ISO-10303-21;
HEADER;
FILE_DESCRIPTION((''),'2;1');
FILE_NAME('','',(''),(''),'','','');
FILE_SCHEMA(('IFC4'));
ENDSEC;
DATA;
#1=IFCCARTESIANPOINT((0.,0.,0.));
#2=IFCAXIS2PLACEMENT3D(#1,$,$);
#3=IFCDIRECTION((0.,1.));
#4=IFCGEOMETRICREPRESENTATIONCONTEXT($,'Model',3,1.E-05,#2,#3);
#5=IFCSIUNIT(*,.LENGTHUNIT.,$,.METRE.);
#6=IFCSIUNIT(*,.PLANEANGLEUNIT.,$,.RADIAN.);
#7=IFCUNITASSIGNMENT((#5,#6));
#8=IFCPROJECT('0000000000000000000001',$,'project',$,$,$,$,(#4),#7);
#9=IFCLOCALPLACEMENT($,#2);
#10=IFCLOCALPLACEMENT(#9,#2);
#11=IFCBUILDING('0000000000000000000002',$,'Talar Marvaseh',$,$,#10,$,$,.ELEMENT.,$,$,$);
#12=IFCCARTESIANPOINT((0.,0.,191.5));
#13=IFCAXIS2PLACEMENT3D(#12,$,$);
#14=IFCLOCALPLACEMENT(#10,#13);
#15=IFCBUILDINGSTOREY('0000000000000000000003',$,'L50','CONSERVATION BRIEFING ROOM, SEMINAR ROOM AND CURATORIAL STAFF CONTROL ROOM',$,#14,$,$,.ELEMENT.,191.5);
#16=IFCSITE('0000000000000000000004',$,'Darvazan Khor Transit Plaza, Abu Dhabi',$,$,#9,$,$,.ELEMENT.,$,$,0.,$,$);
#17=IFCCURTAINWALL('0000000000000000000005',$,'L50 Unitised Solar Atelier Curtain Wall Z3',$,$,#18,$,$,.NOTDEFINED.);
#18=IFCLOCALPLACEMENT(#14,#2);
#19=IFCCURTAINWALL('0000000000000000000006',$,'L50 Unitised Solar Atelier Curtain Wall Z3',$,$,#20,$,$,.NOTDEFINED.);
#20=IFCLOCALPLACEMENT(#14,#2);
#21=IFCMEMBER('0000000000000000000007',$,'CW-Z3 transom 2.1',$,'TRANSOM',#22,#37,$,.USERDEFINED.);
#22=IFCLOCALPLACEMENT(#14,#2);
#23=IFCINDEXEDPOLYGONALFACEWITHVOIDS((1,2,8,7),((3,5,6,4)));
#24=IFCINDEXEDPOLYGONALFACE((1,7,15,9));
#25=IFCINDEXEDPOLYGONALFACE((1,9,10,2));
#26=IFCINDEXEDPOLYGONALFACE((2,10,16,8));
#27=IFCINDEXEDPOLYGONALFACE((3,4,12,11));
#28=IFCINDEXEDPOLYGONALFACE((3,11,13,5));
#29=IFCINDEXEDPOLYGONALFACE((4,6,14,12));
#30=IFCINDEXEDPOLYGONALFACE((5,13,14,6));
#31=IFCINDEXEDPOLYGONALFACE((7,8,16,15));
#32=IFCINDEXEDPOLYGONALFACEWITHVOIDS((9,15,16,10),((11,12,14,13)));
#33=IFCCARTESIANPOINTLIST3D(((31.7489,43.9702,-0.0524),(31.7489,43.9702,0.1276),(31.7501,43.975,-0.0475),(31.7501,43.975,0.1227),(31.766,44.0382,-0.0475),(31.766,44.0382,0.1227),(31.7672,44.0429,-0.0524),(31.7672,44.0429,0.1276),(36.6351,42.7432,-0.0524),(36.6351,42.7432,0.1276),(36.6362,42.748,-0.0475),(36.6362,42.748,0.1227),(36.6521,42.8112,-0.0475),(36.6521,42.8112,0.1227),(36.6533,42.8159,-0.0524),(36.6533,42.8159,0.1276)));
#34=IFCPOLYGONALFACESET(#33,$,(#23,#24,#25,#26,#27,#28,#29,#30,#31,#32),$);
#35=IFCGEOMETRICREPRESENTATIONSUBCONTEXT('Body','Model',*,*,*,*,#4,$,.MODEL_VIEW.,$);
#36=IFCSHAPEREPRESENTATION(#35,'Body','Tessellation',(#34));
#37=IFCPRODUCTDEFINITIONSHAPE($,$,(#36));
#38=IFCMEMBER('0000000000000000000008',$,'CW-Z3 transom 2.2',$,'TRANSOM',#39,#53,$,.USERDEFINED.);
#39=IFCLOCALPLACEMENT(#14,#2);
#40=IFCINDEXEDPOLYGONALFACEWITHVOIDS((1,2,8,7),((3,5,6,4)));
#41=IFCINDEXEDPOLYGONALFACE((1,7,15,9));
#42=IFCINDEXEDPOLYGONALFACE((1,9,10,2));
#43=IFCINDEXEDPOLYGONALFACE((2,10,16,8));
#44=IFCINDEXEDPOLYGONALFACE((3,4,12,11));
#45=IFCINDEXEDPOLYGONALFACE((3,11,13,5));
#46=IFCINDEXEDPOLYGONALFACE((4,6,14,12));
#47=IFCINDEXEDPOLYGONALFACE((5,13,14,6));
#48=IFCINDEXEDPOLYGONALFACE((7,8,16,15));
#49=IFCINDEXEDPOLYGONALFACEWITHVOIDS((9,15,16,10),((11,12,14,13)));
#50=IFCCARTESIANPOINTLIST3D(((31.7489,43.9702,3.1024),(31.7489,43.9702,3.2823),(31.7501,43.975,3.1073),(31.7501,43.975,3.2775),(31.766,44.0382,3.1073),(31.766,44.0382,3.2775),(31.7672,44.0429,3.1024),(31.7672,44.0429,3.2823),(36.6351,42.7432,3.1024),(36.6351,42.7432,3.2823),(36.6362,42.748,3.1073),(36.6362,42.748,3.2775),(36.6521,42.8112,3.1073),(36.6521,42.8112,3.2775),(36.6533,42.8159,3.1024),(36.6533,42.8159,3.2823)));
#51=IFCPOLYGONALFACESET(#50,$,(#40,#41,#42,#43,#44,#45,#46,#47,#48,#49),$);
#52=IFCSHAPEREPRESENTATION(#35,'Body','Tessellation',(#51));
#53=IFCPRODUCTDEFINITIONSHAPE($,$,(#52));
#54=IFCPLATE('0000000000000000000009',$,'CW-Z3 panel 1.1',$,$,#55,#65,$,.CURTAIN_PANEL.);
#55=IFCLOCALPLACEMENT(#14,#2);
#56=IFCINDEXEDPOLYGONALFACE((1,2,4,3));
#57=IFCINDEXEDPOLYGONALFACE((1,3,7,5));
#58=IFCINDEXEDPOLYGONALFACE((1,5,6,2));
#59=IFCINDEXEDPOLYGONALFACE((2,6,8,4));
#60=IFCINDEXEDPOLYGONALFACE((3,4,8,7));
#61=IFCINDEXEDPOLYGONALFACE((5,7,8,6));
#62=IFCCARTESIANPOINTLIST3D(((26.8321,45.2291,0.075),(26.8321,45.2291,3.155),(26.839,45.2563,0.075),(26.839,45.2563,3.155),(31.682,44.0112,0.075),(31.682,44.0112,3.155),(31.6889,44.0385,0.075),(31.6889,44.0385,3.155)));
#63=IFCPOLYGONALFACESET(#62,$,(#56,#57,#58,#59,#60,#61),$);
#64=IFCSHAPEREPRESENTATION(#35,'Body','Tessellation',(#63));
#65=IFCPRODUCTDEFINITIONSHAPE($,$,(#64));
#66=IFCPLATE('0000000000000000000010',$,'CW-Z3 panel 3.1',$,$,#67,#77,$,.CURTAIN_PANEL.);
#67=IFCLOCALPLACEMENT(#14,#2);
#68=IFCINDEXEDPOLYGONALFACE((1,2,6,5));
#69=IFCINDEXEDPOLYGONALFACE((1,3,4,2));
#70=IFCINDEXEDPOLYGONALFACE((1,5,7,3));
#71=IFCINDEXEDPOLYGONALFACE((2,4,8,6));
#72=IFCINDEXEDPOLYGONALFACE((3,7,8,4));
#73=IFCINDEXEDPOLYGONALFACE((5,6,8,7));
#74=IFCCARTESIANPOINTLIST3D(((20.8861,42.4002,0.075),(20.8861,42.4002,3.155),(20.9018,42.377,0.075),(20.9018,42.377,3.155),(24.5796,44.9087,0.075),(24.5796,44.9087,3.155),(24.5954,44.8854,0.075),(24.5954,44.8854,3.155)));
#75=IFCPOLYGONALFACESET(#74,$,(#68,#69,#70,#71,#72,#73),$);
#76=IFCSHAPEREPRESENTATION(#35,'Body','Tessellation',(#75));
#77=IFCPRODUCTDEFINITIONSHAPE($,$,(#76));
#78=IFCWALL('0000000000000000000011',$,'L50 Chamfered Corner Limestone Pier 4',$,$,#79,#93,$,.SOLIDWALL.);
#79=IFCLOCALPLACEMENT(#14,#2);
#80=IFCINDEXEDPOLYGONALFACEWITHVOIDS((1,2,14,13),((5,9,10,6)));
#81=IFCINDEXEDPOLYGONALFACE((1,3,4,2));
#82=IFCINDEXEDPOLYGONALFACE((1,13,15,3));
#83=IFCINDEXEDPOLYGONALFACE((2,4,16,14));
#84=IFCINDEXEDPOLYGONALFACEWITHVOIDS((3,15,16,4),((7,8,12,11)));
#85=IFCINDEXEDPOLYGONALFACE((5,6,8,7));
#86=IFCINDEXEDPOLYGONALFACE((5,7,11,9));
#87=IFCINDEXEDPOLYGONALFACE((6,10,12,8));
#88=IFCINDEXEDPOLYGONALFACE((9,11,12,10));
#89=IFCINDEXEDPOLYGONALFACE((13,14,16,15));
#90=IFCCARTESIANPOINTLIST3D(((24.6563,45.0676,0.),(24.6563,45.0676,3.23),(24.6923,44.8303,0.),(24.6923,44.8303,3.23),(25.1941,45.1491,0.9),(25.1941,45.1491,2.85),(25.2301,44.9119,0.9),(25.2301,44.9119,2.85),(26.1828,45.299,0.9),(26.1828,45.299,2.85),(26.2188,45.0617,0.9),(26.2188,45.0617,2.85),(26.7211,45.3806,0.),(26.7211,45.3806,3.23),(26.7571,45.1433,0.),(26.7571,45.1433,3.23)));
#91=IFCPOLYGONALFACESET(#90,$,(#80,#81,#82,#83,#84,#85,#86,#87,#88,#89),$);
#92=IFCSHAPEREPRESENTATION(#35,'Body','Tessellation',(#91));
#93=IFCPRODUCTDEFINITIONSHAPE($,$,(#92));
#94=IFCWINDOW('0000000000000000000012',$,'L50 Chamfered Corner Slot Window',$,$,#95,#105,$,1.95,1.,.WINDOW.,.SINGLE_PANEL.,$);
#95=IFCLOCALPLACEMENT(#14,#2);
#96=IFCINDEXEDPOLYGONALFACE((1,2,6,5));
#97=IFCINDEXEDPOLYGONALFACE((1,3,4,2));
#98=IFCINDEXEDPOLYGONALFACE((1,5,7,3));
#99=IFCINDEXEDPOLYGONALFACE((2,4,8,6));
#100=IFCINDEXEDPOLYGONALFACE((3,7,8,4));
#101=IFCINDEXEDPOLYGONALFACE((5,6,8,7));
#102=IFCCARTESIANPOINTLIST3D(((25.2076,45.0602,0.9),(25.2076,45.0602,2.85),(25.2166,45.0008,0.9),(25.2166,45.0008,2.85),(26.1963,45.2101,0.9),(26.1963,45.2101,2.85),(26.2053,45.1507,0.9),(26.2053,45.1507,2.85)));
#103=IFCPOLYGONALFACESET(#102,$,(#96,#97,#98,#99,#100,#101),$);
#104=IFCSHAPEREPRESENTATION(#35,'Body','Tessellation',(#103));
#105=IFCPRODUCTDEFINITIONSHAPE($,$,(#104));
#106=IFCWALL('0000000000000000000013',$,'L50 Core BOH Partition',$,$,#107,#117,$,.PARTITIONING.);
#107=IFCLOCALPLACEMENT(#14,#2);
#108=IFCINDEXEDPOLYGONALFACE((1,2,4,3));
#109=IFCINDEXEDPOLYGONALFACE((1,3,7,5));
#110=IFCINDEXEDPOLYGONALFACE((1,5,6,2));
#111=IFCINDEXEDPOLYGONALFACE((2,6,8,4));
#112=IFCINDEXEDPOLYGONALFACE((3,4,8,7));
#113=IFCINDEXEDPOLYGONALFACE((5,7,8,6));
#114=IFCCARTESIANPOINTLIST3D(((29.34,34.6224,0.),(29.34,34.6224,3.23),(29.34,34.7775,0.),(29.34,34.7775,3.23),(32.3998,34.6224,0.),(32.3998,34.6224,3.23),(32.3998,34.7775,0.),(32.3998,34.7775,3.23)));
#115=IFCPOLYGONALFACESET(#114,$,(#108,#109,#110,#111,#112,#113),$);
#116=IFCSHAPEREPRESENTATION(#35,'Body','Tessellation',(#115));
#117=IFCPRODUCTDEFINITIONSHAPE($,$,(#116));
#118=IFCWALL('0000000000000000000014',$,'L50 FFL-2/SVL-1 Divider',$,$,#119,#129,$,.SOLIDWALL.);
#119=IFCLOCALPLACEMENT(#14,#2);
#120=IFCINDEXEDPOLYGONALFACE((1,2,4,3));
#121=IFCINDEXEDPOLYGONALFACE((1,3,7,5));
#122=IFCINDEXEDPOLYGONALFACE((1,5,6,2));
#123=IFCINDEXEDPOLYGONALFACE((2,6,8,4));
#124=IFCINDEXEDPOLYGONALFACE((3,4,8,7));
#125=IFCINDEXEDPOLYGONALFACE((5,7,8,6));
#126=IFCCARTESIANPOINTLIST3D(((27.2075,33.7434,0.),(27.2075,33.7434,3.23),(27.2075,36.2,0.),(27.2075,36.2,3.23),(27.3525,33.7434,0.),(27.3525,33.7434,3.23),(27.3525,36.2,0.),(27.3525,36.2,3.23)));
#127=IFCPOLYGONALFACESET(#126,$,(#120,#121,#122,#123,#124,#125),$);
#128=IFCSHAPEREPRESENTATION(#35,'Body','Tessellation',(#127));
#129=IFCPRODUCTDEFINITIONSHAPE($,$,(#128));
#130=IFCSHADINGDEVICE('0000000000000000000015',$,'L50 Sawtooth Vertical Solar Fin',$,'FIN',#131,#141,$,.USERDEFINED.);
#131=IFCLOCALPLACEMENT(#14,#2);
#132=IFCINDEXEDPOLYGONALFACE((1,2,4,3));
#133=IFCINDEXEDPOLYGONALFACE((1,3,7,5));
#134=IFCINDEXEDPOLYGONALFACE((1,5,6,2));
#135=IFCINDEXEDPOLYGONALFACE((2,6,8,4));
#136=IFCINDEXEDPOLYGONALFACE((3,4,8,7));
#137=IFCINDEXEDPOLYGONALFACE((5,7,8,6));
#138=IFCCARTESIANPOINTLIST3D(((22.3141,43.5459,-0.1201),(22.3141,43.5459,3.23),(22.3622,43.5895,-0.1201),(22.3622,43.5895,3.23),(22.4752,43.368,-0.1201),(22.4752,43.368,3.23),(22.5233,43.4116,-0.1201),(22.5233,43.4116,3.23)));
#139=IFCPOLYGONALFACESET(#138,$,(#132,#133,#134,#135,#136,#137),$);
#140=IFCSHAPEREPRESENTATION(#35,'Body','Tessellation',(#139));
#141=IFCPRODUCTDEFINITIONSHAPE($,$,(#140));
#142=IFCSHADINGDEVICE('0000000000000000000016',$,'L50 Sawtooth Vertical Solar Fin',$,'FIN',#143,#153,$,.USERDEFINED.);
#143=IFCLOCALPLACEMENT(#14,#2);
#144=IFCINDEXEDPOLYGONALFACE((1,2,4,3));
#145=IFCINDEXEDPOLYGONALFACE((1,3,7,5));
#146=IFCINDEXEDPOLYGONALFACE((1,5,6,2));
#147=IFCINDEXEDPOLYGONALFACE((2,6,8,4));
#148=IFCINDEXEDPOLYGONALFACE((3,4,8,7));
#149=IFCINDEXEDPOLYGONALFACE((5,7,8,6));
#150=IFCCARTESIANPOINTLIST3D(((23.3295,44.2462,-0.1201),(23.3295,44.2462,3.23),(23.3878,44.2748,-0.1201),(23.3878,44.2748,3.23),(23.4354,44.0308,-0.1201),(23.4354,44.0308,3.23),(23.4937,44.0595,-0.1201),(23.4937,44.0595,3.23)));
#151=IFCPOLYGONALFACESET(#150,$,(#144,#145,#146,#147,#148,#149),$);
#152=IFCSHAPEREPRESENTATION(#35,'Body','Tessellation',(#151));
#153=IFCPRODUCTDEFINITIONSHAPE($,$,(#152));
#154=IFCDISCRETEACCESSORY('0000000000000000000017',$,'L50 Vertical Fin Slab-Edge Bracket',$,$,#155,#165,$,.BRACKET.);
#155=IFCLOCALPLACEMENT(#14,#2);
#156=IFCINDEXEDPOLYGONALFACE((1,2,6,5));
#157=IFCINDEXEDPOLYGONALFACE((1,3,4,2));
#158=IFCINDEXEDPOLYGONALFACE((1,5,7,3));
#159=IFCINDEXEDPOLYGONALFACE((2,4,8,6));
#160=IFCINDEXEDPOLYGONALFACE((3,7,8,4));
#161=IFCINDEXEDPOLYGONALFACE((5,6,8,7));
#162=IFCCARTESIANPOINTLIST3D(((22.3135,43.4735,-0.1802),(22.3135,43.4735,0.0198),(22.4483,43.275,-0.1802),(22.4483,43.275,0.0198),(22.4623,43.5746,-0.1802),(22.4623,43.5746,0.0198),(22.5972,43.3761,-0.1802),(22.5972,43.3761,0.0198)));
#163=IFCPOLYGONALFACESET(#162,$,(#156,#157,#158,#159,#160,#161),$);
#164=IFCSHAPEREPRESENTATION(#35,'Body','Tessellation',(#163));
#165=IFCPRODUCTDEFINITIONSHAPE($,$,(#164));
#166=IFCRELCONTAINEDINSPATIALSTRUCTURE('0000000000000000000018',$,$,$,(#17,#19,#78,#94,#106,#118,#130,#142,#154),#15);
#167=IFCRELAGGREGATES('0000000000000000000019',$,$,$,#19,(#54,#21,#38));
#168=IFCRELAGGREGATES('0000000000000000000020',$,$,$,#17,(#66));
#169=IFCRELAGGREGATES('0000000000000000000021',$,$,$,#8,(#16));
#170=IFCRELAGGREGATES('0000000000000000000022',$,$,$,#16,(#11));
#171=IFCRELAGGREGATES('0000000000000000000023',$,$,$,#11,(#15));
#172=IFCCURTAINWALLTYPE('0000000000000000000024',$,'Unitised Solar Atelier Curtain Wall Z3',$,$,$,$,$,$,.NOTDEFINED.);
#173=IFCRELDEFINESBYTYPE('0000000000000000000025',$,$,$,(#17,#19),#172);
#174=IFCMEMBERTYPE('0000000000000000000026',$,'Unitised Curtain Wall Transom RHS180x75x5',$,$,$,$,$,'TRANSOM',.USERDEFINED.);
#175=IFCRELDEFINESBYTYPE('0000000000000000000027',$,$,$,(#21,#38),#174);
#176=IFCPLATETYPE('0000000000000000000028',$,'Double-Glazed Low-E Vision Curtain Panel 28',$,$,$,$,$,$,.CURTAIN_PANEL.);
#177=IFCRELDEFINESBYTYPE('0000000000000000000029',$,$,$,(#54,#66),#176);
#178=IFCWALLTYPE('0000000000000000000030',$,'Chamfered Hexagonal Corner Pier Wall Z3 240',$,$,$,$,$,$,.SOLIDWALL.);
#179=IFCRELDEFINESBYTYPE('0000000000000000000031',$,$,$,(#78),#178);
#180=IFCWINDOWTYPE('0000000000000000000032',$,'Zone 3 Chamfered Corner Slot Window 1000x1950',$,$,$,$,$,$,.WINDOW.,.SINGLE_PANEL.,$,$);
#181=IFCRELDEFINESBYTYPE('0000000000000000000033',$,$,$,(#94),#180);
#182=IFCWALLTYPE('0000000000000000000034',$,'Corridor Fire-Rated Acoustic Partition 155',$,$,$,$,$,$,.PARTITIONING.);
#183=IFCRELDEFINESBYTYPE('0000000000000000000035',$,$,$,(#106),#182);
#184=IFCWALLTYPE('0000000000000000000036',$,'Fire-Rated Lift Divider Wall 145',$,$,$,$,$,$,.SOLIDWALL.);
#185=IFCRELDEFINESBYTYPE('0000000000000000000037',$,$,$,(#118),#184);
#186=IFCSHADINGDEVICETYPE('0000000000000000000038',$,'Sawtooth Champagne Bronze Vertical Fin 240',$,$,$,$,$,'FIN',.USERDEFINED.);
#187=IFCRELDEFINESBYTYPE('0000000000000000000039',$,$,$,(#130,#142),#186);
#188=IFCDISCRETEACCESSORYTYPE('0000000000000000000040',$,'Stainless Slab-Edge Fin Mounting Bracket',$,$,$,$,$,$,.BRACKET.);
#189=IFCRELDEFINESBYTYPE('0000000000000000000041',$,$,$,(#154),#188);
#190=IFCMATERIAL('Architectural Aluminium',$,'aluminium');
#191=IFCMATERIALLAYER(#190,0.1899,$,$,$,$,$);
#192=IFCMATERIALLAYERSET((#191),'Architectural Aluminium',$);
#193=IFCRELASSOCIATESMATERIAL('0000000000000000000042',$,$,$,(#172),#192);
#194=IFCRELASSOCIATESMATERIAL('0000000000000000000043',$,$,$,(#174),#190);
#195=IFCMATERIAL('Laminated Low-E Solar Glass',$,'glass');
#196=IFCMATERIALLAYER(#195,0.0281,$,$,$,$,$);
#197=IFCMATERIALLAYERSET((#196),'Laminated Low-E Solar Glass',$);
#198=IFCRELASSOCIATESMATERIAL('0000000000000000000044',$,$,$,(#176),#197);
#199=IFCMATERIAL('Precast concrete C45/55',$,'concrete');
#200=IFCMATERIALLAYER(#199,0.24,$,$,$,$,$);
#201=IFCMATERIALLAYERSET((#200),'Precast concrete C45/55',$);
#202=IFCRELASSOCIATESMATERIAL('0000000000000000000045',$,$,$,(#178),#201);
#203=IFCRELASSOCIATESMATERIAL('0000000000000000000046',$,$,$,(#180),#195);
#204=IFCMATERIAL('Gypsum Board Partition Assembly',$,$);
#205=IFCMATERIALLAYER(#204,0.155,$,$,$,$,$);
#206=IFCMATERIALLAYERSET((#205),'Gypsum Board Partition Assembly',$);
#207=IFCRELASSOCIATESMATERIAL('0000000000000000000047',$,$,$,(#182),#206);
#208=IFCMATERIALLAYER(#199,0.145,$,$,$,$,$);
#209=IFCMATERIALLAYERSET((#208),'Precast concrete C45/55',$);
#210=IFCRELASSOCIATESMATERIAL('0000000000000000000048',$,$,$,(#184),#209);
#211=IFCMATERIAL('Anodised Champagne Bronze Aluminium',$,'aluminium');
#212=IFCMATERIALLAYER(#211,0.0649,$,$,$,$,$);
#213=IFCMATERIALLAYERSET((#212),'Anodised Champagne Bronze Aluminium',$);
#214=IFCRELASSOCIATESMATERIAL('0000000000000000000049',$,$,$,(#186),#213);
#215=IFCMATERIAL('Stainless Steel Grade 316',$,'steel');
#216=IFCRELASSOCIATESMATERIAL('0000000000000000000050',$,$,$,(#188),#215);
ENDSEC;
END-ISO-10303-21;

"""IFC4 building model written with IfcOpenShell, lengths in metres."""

from ifc_helpers import new_model, si_unit, direction, frame, frame_2d, origin, origin_2d, place, context, subcontext, project, spatial, rectangle, hollow_rectangle, extrude, source, transform, mapped, material, layer, layer_set, material_profile, profile_set, type_object, type_shapes, element, fill, aggregate, save


model = new_model("IFC4")

# Units and contexts
model_context = context("Model", 3, precision=1e-05, world=origin(), true_north=direction((0.0, 1.0)))
body_context = subcontext(model_context, "Body", "Model", "MODEL_VIEW")
ifc_project = project(units=[si_unit("LENGTHUNIT", "METRE"), si_unit("PLANEANGLEUNIT", "RADIAN")], contexts=[model_context])

# Site, building, storey
site_placement = place(None, origin())
site = spatial("IfcSite", under=ifc_project, at=site_placement, Name="Darvazan Khor Transit Plaza, Abu Dhabi", CompositionType="ELEMENT", RefElevation=0.0)
building_placement = place(site_placement, origin())
building = spatial("IfcBuilding", under=site, at=building_placement, Name="Talar Marvaseh", CompositionType="ELEMENT")
storey_placement = place(building_placement, frame((0.0, 0.0, 191.5)))
storey = spatial("IfcBuildingStorey", under=building, at=storey_placement, Name="L50", Description="CONSERVATION BRIEFING ROOM, SEMINAR ROOM AND CURATORIAL STAFF CONTROL ROOM", CompositionType="ELEMENT", Elevation=191.5)

# Curtain wall
ifc_material_1 = material(Name="Architectural Aluminium", Category="aluminium")
ifc_layer_1 = layer(ifc_material_1, 0.1899)
ifc_layer_set_1 = layer_set([ifc_layer_1], Name="Architectural Aluminium")
curtain_wall_type = type_object("IfcCurtainWallType", Name="Unitised Solar Atelier Curtain Wall Z3", PredefinedType="NOTDEFINED", material=ifc_layer_set_1)
curtain_wall_1_placement = place(storey_placement, origin())
curtain_wall_1 = element("IfcCurtainWall", 1, at=curtain_wall_1_placement, inside=storey, type_object=curtain_wall_type, Name="L50 Unitised Solar Atelier Curtain Wall Z3", PredefinedType="NOTDEFINED")

# Curtain wall, members, plate
curtain_wall_2_placement = place(storey_placement, origin())
curtain_wall_2 = element("IfcCurtainWall", 2, at=curtain_wall_2_placement, inside=storey, type_object=curtain_wall_type, Name="L50 Unitised Solar Atelier Curtain Wall Z3", PredefinedType="NOTDEFINED")
ifc_material_profile_1 = material_profile(ifc_material_1, hollow_rectangle(XDim=0.075, YDim=0.1799, WallThickness=0.0049, at=origin_2d()), Name="RHS180x75x5")
ifc_profile_set_1 = profile_set([ifc_material_profile_1], Name="Architectural Aluminium")
member_type_1 = type_object("IfcMemberType", Name="Unitised Curtain Wall Transom RHS180x75x5", ElementType="TRANSOM", PredefinedType="USERDEFINED", material=ifc_profile_set_1)
shared_shape_1 = source(origin(), body_context, "Body", "SweptSolid", [
    extrude(hollow_rectangle(XDim=0.075, YDim=0.1799, WallThickness=0.0049, at=origin_2d()), origin(), (0.0, 0.0, 1.0), 5.0378),
])
member_1_placement = place(storey_placement, frame((31.7581, 44.0066, 0.0376), z_axis=(0.969885, -0.243562, 0.0), x_axis=(0.243562, 0.969885, 0.0)))
member_1 = element("IfcMember", 3, at=member_1_placement, type_object=member_type_1, Name="CW-Z3 transom 2.1", ObjectType="TRANSOM", PredefinedType="USERDEFINED", context=body_context, shape_type="MappedRepresentation", body=[
    mapped(shared_shape_1, transform((0.0, 0.0, 0.0), x_axis=(1.0, 0.0, 0.0), y_axis=(0.0, 1.0, 0.0), z_axis=(0.0, 0.0, 1.0), scale=1.0)),
])
member_2_placement = place(storey_placement, frame((31.7581, 44.0066, 3.1924), z_axis=(0.969885, -0.243562, 0.0), x_axis=(0.243562, 0.969885, 0.0)))
member_2 = element("IfcMember", 4, at=member_2_placement, type_object=member_type_1, Name="CW-Z3 transom 2.2", ObjectType="TRANSOM", PredefinedType="USERDEFINED", context=body_context, shape_type="MappedRepresentation", body=[
    mapped(shared_shape_1, transform((0.0, 0.0, 0.0), x_axis=(1.0, 0.0, 0.0), y_axis=(0.0, 1.0, 0.0), z_axis=(0.0, 0.0, 1.0), scale=1.0)),
])
ifc_material_2 = material(Name="Laminated Low-E Solar Glass", Category="glass")
ifc_layer_2 = layer(ifc_material_2, 0.0281)
ifc_layer_set_2 = layer_set([ifc_layer_2], Name="Laminated Low-E Solar Glass")
plate_type = type_object("IfcPlateType", Name="Double-Glazed Low-E Vision Curtain Panel 28", PredefinedType="CURTAIN_PANEL", material=ifc_layer_set_2)
shared_shape_2 = source(origin(), body_context, "Body", "SweptSolid", [
    extrude(rectangle(XDim=5.0005, YDim=0.0281, at=origin_2d()), origin(), (0.0, 0.0, 1.0), 3.0801),
])
plate_1_placement = place(storey_placement, frame((29.2605, 44.6338, 0.075), z_axis=(0.0, 0.0, 1.0), x_axis=(0.969888, -0.243549, 0.0)))
plate_1 = element("IfcPlate", 5, at=plate_1_placement, type_object=plate_type, Name="CW-Z3 panel 1.1", PredefinedType="CURTAIN_PANEL", context=body_context, shape_type="MappedRepresentation", body=[
    mapped(shared_shape_2, transform((0.0, 0.0, 0.0), x_axis=(1.0, 0.0, 0.0), y_axis=(0.0, 1.0, 0.0), z_axis=(0.0, 0.0, 1.0), scale=1.0)),
])
aggregate(curtain_wall_2, [plate_1, member_1, member_2])

# Plate
shared_shape_3 = source(origin(), body_context, "Body", "SweptSolid", [
    extrude(rectangle(XDim=4.4648, YDim=0.0281, at=origin_2d()), origin(), (0.0, 0.0, 1.0), 3.0801),
])
type_shapes(plate_type, [shared_shape_2, shared_shape_3])
plate_2_placement = place(storey_placement, frame((22.7407, 43.6428, 0.075), z_axis=(0.0, 0.0, 1.0), x_axis=(0.827255, 0.561827, 0.0)))
plate_2 = element("IfcPlate", 6, at=plate_2_placement, type_object=plate_type, Name="CW-Z3 panel 3.1", PredefinedType="CURTAIN_PANEL", context=body_context, shape_type="MappedRepresentation", body=[
    mapped(shared_shape_3, transform((0.0, 0.0, 0.0), x_axis=(1.0, 0.0, 0.0), y_axis=(0.0, 1.0, 0.0), z_axis=(0.0, 0.0, 1.0), scale=1.0)),
])
aggregate(curtain_wall_1, [plate_2])

# Wall, opening, window
ifc_material_3 = material(Name="Precast concrete C45/55", Category="concrete")
ifc_layer_3 = layer(ifc_material_3, 0.24)
ifc_layer_set_3 = layer_set([ifc_layer_3], Name="Precast concrete C45/55")
wall_type_1 = type_object("IfcWallType", Name="Chamfered Hexagonal Corner Pier Wall Z3 240", PredefinedType="SOLIDWALL", material=ifc_layer_set_3)
wall_1_placement = place(storey_placement, frame((24.6743, 44.949, 0.0), z_axis=(0.0, 0.0, 1.0), x_axis=(0.988704, 0.149878, 0.0)))
wall_1 = element("IfcWall", 7, at=wall_1_placement, inside=storey, type_object=wall_type_1, Name="L50 Chamfered Corner Limestone Pier 4", PredefinedType="SOLIDWALL", context=body_context, shape_type="SweptSolid", body=[
    extrude(rectangle(XDim=2.0884, YDim=0.24, at=frame_2d((1.0442, 0.0))), origin(), (0.0, 0.0, 1.0), 3.23),
])
opening_placement = place(wall_1_placement, frame((0.5439, 0.0, 0.8999)))
opening = element("IfcOpeningElement", 8, at=opening_placement, cuts=wall_1, PredefinedType="OPENING", context=body_context, shape_type="SweptSolid", body=[
    extrude(rectangle(XDim=1.0, YDim=1.95, at=frame_2d((0.5, 0.9751))), frame((0.0, 0.1299, 0.0), z_axis=(0.0, -1.0, 0.0), x_axis=(1.0, 0.0, 0.0)), (0.0, 0.0, 1.0), 0.26),
])
window_type = type_object("IfcWindowType", Name="Zone 3 Chamfered Corner Slot Window 1000x1950", PartitioningType="SINGLE_PANEL", PredefinedType="WINDOW", material=ifc_material_2)
shared_shape_4 = source(origin(), body_context, "Body", "SweptSolid", [
    extrude(rectangle(XDim=1.0, YDim=1.95, at=frame_2d((0.5, 0.9751))), frame((0.0, 0.03, 0.0), z_axis=(0.0, -1.0, 0.0), x_axis=(1.0, 0.0, 0.0)), (0.0, 0.0, 1.0), 0.0601),
])
type_shapes(window_type, [shared_shape_4])
window_placement = place(opening_placement, origin())
window = element("IfcWindow", 9, at=window_placement, inside=storey, type_object=window_type, Name="L50 Chamfered Corner Slot Window", OverallHeight=1.95, OverallWidth=1.0, PartitioningType="SINGLE_PANEL", PredefinedType="WINDOW", context=body_context, shape_type="MappedRepresentation", body=[
    mapped(shared_shape_4, transform((0.0, 0.0, 0.0), x_axis=(1.0, 0.0, 0.0), y_axis=(0.0, 1.0, 0.0), z_axis=(0.0, 0.0, 1.0), scale=1.0)),
])
fill(opening, window)

# Walls
ifc_material_4 = material(Name="Gypsum Board Partition Assembly")
ifc_layer_4 = layer(ifc_material_4, 0.155)
ifc_layer_set_4 = layer_set([ifc_layer_4], Name="Gypsum Board Partition Assembly")
wall_type_2 = type_object("IfcWallType", Name="Corridor Fire-Rated Acoustic Partition 155", PredefinedType="PARTITIONING", material=ifc_layer_set_4)
wall_2_placement = place(storey_placement, frame((29.3401, 34.7, 0.0), z_axis=(0.0, 0.0, 1.0), x_axis=(1.0, 0.0, 0.0)))
element("IfcWall", 10, at=wall_2_placement, inside=storey, type_object=wall_type_2, Name="L50 Core BOH Partition", PredefinedType="PARTITIONING", context=body_context, shape_type="SweptSolid", body=[
    extrude(rectangle(XDim=3.0598, YDim=0.155, at=frame_2d((1.5298, 0.0))), origin(), (0.0, 0.0, 1.0), 3.23),
])
ifc_layer_5 = layer(ifc_material_3, 0.145)
ifc_layer_set_5 = layer_set([ifc_layer_5], Name="Precast concrete C45/55")
wall_type_3 = type_object("IfcWallType", Name="Fire-Rated Lift Divider Wall 145", PredefinedType="SOLIDWALL", material=ifc_layer_set_5)
wall_3_placement = place(storey_placement, frame((27.28, 33.7434, 0.0), z_axis=(0.0, 0.0, 1.0), x_axis=(0.0, 1.0, 0.0)))
element("IfcWall", 11, at=wall_3_placement, inside=storey, type_object=wall_type_3, Name="L50 FFL-2/SVL-1 Divider", PredefinedType="SOLIDWALL", context=body_context, shape_type="SweptSolid", body=[
    extrude(rectangle(XDim=2.4565, YDim=0.145, at=frame_2d((1.2283, 0.0))), origin(), (0.0, 0.0, 1.0), 3.23),
])

# Shading devices
ifc_material_5 = material(Name="Anodised Champagne Bronze Aluminium", Category="aluminium")
ifc_layer_6 = layer(ifc_material_5, 0.0649)
ifc_layer_set_6 = layer_set([ifc_layer_6], Name="Anodised Champagne Bronze Aluminium")
shading_device_type = type_object("IfcShadingDeviceType", Name="Sawtooth Champagne Bronze Vertical Fin 240", ElementType="FIN", PredefinedType="USERDEFINED", material=ifc_layer_set_6)
shared_shape_5 = source(origin(), body_context, "Body", "SweptSolid", [
    extrude(rectangle(XDim=0.24, YDim=0.0649, at=origin_2d()), origin(), (0.0, 0.0, 1.0), 3.3501),
])
type_shapes(shading_device_type, [shared_shape_5])
for number, where, z_axis, x_axis, name in (
    (12, (22.4187, 43.4788, -0.1201), (0.0, 0.0, 1.0), (-0.671462, 0.741039, 0.0), "L50 Sawtooth Vertical Solar Fin"),
    (13, (23.4116, 44.1528, -0.1201), (0.0, 0.0, 1.0), (-0.441193, 0.897412, 0.0), "L50 Sawtooth Vertical Solar Fin"),
):
    element("IfcShadingDevice", number, at=place(storey_placement, frame(where, z_axis=z_axis, x_axis=x_axis)), inside=storey, type_object=shading_device_type, Name=name, ObjectType="FIN", PredefinedType="USERDEFINED", context=body_context, shape_type="MappedRepresentation", body=[
        mapped(shared_shape_5, transform((0.0, 0.0, 0.0), x_axis=(1.0, 0.0, 0.0), y_axis=(0.0, 1.0, 0.0), z_axis=(0.0, 0.0, 1.0), scale=1.0)),
    ])

# Discrete accessory
ifc_material_6 = material(Name="Stainless Steel Grade 316", Category="steel")
discrete_accessory_type = type_object("IfcDiscreteAccessoryType", Name="Stainless Slab-Edge Fin Mounting Bracket", PredefinedType="BRACKET", material=ifc_material_6)
shared_shape_6 = source(origin(), body_context, "Body", "SweptSolid", [
    extrude(rectangle(XDim=0.24, YDim=0.1799, at=origin_2d()), origin(), (0.0, 0.0, 1.0), 0.2),
])
type_shapes(discrete_accessory_type, [shared_shape_6])
for number, where, z_axis, x_axis, name in (
    (14, (22.4553, 43.4248, -0.1802), (0.0, 0.0, 1.0), (-0.561795, 0.827277, 0.0), "L50 Vertical Fin Slab-Edge Bracket"),
):
    element("IfcDiscreteAccessory", number, at=place(storey_placement, frame(where, z_axis=z_axis, x_axis=x_axis)), inside=storey, type_object=discrete_accessory_type, Name=name, PredefinedType="BRACKET", context=body_context, shape_type="MappedRepresentation", body=[
        mapped(shared_shape_6, transform((0.0, 0.0, 0.0), x_axis=(1.0, 0.0, 0.0), y_axis=(0.0, 1.0, 0.0), z_axis=(0.0, 0.0, 1.0), scale=1.0)),
    ])

save(model, "model.ifc")
